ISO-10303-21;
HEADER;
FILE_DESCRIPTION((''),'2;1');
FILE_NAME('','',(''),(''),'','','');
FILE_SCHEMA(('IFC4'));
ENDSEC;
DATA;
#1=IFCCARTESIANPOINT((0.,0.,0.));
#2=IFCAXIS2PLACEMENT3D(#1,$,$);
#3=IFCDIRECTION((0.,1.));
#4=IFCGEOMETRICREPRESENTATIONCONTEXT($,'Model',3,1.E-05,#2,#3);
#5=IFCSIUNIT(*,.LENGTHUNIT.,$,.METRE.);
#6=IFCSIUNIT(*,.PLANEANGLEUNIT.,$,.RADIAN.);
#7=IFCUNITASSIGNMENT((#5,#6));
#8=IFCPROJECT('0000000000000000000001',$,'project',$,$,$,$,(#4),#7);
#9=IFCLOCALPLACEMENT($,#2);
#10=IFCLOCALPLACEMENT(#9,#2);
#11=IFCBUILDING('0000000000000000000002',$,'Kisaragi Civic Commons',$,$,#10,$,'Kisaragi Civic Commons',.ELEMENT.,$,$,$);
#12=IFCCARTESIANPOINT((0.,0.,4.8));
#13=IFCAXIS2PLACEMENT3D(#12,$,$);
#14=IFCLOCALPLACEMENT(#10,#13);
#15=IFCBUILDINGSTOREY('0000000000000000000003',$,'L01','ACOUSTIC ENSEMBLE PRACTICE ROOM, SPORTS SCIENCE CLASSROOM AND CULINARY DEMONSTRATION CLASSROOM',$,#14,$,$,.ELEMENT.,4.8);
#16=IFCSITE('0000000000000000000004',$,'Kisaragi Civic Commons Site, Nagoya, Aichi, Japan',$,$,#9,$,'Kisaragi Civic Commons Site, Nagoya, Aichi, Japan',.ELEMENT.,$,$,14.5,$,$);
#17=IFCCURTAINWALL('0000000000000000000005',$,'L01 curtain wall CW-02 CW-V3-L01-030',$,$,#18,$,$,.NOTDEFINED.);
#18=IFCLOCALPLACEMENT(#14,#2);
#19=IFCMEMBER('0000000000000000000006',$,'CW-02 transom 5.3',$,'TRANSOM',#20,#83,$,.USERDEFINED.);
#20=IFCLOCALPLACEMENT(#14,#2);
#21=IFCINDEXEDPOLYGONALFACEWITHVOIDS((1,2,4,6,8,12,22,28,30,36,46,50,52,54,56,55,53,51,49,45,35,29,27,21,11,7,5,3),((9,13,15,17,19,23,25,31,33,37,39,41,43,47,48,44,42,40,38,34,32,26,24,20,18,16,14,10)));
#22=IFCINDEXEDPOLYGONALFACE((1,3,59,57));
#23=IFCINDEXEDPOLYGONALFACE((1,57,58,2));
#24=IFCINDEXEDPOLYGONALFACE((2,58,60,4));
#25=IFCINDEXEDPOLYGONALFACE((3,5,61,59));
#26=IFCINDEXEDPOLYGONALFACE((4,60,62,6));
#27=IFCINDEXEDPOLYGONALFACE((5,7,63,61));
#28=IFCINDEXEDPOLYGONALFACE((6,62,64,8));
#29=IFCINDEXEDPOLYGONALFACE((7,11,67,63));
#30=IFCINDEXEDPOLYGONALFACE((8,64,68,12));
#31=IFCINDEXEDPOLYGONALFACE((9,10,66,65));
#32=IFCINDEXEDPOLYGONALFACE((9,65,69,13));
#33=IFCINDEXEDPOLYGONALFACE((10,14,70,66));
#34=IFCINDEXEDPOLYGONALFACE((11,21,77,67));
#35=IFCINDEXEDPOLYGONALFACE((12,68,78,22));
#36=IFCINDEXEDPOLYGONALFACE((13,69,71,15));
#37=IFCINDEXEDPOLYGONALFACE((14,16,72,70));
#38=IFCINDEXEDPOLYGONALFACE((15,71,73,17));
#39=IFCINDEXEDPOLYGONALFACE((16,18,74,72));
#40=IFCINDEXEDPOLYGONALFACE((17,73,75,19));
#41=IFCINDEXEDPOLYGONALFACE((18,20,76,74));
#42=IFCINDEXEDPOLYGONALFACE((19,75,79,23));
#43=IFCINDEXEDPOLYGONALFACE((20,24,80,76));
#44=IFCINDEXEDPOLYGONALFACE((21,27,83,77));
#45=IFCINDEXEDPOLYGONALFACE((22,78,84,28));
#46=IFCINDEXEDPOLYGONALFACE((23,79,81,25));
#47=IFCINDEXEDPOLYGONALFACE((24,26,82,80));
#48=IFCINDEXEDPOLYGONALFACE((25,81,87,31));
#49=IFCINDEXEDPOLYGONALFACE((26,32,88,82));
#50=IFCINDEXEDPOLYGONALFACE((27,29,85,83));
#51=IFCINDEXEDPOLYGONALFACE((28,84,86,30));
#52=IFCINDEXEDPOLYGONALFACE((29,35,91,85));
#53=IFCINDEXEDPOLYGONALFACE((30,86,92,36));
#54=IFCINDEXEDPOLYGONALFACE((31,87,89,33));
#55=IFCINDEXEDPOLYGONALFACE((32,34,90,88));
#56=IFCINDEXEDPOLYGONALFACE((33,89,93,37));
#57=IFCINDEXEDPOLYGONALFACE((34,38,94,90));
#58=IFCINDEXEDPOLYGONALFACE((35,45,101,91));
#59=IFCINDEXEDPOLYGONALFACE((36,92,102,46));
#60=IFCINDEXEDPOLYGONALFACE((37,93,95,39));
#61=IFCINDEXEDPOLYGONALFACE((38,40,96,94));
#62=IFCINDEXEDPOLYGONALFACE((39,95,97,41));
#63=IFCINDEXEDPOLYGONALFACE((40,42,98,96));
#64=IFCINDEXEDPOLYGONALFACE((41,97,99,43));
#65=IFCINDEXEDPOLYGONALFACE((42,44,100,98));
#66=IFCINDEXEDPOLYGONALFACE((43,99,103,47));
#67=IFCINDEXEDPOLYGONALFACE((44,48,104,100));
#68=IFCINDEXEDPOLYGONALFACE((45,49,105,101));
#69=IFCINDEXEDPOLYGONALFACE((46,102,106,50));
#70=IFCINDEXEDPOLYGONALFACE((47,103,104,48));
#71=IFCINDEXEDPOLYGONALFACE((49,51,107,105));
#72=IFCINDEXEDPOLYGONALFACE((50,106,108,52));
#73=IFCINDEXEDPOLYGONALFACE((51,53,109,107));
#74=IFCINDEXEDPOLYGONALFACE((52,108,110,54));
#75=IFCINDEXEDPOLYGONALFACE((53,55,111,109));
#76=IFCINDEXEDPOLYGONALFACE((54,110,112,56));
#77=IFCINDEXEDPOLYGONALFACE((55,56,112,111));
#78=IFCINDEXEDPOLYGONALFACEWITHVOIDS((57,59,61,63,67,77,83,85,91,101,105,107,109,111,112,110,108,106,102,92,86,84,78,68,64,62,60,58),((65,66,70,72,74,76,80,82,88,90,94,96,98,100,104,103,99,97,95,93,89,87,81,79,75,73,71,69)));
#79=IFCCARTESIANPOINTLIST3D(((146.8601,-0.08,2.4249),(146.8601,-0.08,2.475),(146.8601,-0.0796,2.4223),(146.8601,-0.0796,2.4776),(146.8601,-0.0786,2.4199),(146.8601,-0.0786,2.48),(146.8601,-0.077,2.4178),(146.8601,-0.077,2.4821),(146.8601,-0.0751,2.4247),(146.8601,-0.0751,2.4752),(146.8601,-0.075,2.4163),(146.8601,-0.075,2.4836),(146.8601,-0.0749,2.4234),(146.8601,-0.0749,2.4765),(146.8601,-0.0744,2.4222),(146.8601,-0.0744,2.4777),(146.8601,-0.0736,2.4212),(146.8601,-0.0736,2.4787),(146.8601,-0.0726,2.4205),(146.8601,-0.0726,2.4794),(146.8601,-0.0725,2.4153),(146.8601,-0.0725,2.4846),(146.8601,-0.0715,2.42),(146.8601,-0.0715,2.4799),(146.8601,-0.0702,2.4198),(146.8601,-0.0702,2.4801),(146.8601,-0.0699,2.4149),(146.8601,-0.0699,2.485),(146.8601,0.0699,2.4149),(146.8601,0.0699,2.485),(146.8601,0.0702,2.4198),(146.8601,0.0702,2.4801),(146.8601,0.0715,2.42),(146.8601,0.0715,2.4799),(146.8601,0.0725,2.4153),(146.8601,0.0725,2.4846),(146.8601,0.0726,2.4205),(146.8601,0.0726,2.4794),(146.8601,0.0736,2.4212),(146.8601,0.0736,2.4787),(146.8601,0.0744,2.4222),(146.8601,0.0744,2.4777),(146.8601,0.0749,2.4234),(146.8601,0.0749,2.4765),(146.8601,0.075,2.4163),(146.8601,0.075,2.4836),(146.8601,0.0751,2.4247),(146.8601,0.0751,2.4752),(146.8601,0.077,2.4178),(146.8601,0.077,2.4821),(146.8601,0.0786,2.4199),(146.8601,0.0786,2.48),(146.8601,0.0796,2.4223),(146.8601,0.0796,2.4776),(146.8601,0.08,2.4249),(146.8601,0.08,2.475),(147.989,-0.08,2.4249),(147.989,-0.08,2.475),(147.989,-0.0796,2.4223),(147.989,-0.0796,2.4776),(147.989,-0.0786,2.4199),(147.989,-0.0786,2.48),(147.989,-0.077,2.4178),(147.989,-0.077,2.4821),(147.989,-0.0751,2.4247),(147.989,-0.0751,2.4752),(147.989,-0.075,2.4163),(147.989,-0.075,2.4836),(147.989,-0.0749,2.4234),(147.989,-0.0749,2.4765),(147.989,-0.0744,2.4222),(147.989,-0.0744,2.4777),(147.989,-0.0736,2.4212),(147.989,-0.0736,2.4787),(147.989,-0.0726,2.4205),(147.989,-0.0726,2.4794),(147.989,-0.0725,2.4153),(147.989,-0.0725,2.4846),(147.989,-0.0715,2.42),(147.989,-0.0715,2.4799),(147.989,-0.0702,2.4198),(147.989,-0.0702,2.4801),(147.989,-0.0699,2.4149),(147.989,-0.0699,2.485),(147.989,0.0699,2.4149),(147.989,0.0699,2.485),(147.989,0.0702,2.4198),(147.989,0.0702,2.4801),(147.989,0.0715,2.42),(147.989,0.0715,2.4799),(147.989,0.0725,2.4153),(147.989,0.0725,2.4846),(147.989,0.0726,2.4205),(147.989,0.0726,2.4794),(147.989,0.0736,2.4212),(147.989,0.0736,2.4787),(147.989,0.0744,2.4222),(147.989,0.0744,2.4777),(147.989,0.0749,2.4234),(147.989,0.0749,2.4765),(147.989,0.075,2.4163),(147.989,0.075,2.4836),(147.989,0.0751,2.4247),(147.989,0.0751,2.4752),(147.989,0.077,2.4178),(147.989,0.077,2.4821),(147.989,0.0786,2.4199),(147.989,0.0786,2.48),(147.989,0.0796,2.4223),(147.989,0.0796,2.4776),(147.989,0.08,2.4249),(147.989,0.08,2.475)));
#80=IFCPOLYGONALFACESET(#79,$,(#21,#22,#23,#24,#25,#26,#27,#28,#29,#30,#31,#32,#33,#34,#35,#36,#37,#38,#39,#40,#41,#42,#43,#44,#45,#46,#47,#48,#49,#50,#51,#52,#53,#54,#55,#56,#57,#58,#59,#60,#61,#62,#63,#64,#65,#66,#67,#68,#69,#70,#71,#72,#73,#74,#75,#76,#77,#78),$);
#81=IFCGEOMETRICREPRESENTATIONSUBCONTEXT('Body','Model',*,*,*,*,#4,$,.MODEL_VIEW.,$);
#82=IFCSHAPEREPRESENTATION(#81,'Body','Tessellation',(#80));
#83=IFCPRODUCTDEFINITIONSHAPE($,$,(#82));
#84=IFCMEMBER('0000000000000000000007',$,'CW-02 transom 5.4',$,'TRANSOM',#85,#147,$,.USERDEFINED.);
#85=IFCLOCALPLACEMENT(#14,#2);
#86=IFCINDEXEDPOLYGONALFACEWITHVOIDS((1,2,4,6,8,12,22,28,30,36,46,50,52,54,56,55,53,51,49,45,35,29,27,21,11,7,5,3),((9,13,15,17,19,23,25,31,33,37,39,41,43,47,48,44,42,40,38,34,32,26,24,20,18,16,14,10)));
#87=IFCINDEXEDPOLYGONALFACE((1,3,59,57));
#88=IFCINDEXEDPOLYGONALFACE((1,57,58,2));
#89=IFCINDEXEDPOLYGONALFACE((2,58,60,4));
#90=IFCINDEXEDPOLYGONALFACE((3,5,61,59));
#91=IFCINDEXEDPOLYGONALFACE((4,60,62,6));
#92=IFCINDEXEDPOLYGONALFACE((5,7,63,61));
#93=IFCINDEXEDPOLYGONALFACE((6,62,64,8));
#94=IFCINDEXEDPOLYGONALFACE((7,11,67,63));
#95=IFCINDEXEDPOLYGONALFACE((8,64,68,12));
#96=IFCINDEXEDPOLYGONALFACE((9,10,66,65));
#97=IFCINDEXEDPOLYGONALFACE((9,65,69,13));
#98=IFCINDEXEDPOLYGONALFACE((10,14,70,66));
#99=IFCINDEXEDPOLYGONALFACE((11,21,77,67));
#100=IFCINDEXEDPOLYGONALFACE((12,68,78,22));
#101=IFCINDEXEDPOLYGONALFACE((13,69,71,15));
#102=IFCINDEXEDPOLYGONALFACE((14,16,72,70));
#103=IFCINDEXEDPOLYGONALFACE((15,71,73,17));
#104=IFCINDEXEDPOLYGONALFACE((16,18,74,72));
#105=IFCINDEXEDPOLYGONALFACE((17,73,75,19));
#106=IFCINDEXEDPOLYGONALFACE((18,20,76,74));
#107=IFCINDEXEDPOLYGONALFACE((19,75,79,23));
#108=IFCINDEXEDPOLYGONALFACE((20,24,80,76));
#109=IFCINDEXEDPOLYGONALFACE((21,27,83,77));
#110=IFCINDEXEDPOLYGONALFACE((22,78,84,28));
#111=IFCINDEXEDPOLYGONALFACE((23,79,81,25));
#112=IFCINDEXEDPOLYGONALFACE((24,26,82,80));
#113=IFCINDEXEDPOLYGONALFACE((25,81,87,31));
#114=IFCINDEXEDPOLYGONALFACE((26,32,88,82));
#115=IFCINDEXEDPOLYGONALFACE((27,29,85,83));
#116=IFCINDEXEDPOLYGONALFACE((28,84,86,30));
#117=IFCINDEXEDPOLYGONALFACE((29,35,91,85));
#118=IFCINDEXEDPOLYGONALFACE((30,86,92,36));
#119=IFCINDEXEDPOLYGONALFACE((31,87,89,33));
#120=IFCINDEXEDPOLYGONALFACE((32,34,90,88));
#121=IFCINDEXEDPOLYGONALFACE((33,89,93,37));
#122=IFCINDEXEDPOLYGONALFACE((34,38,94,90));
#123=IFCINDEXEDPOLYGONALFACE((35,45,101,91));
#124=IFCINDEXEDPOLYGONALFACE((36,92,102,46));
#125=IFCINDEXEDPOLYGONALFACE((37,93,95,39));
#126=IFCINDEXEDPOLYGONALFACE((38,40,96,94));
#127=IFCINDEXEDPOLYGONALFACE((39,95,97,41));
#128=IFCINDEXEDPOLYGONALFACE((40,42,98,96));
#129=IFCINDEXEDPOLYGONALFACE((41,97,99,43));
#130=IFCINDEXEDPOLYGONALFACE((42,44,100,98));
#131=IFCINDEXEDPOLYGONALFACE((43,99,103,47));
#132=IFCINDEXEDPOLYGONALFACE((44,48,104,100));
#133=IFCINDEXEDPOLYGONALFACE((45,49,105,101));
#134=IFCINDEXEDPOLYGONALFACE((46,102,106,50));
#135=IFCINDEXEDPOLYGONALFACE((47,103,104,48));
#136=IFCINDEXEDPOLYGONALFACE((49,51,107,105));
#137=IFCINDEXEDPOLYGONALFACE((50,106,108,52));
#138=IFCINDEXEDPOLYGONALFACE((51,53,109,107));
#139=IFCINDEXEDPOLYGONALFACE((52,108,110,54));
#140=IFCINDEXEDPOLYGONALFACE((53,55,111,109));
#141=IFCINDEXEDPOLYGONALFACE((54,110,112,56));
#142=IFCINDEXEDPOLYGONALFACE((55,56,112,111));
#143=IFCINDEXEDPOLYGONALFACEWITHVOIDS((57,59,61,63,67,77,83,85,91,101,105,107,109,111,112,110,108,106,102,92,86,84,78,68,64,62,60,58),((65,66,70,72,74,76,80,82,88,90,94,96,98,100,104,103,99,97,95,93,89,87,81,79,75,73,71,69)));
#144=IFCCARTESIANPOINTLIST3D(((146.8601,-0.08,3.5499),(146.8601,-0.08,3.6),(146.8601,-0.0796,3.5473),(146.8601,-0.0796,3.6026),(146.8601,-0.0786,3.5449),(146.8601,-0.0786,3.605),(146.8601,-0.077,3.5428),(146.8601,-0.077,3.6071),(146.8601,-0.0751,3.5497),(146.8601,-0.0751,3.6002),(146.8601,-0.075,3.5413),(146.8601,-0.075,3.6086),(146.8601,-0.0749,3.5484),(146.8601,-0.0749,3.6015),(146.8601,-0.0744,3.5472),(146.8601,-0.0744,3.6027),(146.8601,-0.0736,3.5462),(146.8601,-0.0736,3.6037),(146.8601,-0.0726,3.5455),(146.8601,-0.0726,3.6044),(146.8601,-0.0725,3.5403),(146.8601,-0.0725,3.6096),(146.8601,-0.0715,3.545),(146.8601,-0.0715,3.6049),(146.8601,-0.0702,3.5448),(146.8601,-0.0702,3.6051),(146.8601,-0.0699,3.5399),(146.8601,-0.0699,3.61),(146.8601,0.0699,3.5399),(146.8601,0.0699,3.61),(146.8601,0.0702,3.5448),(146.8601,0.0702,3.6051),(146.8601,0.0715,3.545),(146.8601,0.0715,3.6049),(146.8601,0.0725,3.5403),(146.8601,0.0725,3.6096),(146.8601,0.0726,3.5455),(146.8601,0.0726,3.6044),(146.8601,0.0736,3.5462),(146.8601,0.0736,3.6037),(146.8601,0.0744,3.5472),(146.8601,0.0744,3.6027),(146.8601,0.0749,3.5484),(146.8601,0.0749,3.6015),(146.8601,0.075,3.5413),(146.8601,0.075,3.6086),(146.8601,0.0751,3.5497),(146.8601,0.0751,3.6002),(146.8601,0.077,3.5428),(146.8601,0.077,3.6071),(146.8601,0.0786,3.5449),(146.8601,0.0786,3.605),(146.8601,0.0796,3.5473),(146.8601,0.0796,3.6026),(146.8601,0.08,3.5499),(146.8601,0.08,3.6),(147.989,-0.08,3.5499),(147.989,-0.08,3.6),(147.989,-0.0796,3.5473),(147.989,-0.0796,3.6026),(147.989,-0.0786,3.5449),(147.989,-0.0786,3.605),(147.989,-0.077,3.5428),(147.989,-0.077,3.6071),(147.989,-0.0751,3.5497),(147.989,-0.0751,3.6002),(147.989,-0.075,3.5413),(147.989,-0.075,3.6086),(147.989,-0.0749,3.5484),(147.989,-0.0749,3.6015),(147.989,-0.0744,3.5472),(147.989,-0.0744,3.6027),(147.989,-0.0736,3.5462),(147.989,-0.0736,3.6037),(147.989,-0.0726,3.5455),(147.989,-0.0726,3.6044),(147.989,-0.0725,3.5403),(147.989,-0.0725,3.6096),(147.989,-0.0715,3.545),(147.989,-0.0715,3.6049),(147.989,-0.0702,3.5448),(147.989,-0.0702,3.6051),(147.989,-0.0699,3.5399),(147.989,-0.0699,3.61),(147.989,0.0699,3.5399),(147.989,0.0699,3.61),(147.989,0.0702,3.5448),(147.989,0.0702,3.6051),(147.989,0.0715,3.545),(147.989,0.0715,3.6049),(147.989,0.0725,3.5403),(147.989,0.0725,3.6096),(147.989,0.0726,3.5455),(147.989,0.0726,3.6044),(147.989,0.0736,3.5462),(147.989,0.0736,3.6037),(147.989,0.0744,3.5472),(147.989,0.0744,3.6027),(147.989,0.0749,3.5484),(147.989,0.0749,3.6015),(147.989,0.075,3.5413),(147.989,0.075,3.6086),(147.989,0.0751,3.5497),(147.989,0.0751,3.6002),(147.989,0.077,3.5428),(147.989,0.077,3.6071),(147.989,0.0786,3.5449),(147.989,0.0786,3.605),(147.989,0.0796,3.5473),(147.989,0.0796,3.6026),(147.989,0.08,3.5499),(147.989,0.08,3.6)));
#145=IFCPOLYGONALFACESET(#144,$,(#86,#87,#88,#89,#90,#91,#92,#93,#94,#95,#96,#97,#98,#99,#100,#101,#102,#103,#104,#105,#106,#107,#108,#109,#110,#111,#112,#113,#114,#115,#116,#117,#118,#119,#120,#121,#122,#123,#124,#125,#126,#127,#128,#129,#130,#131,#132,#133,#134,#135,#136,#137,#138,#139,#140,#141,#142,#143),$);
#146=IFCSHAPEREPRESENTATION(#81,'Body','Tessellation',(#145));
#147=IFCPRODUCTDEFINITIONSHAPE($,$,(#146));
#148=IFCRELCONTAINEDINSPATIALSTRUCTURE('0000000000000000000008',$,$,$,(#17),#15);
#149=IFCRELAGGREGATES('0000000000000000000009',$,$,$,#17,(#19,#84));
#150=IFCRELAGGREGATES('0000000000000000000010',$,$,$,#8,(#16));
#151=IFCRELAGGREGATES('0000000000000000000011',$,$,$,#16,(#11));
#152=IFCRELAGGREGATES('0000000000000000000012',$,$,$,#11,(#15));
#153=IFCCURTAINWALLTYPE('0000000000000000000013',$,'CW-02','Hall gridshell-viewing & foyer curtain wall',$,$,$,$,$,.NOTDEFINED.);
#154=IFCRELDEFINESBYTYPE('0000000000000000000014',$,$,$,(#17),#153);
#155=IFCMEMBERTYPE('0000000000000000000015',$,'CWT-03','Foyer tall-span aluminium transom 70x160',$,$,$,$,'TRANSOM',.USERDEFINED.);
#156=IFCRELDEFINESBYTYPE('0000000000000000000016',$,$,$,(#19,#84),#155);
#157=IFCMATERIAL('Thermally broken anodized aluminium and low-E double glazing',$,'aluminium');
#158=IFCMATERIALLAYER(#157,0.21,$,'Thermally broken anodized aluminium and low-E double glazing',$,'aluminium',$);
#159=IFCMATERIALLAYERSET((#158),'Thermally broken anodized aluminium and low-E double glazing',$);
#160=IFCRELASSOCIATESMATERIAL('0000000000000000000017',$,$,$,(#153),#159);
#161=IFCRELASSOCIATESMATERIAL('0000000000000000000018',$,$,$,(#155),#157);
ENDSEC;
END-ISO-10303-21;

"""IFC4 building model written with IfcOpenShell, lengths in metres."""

from ifc_helpers import new_model, si_unit, direction, frame, origin, origin_2d, place, context, subcontext, project, spatial, hollow_rectangle, extrude, material, layer, layer_set, material_profile, profile_set, type_object, element, aggregate, save


model = new_model("IFC4")

# Units and contexts
model_context = context("Model", 3, precision=1e-05, world=origin(), true_north=direction((0.0, 1.0)))
body_context = subcontext(model_context, "Body", "Model", "MODEL_VIEW")
ifc_project = project(units=[si_unit("LENGTHUNIT", "METRE"), si_unit("PLANEANGLEUNIT", "RADIAN")], contexts=[model_context])

# Site, building, storey
site_placement = place(None, origin())
site = spatial("IfcSite", under=ifc_project, at=site_placement, Name="Kisaragi Civic Commons Site, Nagoya, Aichi, Japan", LongName="Kisaragi Civic Commons Site, Nagoya, Aichi, Japan", CompositionType="ELEMENT", RefElevation=14.5)
building_placement = place(site_placement, origin())
building = spatial("IfcBuilding", under=site, at=building_placement, Name="Kisaragi Civic Commons", LongName="Kisaragi Civic Commons", CompositionType="ELEMENT")
storey_placement = place(building_placement, frame((0.0, 0.0, 4.8)))
storey = spatial("IfcBuildingStorey", under=building, at=storey_placement, Name="L01", Description="ACOUSTIC ENSEMBLE PRACTICE ROOM, SPORTS SCIENCE CLASSROOM AND CULINARY DEMONSTRATION CLASSROOM", CompositionType="ELEMENT", Elevation=4.8)

# Curtain wall
ifc_material_1 = material(Name="Thermally broken anodized aluminium and low-E double glazing", Category="aluminium")
ifc_layer_1 = layer(ifc_material_1, 0.21, Name="Thermally broken anodized aluminium and low-E double glazing", Category="aluminium")
ifc_layer_set_1 = layer_set([ifc_layer_1], Name="Thermally broken anodized aluminium and low-E double glazing")
curtain_wall_type = type_object("IfcCurtainWallType", Name="CW-02", Description="Hall gridshell-viewing & foyer curtain wall", PredefinedType="NOTDEFINED", material=ifc_layer_set_1)
curtain_wall_1_placement = place(storey_placement, origin())
curtain_wall_1 = element("IfcCurtainWall", 1, at=curtain_wall_1_placement, inside=storey, type_object=curtain_wall_type, Name="L01 curtain wall CW-02 CW-V3-L01-030", PredefinedType="NOTDEFINED")

# Members
ifc_material_profile_1 = material_profile(ifc_material_1, hollow_rectangle(XDim=0.1599, YDim=0.0701, WallThickness=0.0049, InnerFilletRadius=0.0049, OuterFilletRadius=0.01, at=origin_2d()), Name="CWT-70x160x5", Category="aluminium")
ifc_profile_set_1 = profile_set([ifc_material_profile_1], Name="Thermally broken anodized aluminium and low-E double glazing")
member_type_1 = type_object("IfcMemberType", Name="CWT-03", Description="Foyer tall-span aluminium transom 70x160", ElementType="TRANSOM", PredefinedType="USERDEFINED", material=ifc_profile_set_1)
member_1_placement = place(storey_placement, frame((147.989, 0.0, 2.45), z_axis=(-1.0, 0.0, 0.0), x_axis=(0.0, -1.0, 0.0)))
member_1 = element("IfcMember", 2, at=member_1_placement, type_object=member_type_1, Name="CW-02 transom 5.3", ObjectType="TRANSOM", PredefinedType="USERDEFINED", context=body_context, shape_type="SweptSolid", body=[
    extrude(hollow_rectangle(XDim=0.1599, YDim=0.0701, WallThickness=0.0049, InnerFilletRadius=0.0049, OuterFilletRadius=0.01, at=origin_2d()), origin(), (0.0, 0.0, 1.0), 1.1289),
])
member_2_placement = place(storey_placement, frame((147.989, 0.0, 3.575), z_axis=(-1.0, 0.0, 0.0), x_axis=(0.0, -1.0, 0.0)))
member_2 = element("IfcMember", 3, at=member_2_placement, type_object=member_type_1, Name="CW-02 transom 5.4", ObjectType="TRANSOM", PredefinedType="USERDEFINED", context=body_context, shape_type="SweptSolid", body=[
    extrude(hollow_rectangle(XDim=0.1599, YDim=0.0701, WallThickness=0.0049, InnerFilletRadius=0.0049, OuterFilletRadius=0.01, at=origin_2d()), origin(), (0.0, 0.0, 1.0), 1.1289),
])

aggregate(curtain_wall_1, [member_1, member_2])

save(model, "model.ifc")
